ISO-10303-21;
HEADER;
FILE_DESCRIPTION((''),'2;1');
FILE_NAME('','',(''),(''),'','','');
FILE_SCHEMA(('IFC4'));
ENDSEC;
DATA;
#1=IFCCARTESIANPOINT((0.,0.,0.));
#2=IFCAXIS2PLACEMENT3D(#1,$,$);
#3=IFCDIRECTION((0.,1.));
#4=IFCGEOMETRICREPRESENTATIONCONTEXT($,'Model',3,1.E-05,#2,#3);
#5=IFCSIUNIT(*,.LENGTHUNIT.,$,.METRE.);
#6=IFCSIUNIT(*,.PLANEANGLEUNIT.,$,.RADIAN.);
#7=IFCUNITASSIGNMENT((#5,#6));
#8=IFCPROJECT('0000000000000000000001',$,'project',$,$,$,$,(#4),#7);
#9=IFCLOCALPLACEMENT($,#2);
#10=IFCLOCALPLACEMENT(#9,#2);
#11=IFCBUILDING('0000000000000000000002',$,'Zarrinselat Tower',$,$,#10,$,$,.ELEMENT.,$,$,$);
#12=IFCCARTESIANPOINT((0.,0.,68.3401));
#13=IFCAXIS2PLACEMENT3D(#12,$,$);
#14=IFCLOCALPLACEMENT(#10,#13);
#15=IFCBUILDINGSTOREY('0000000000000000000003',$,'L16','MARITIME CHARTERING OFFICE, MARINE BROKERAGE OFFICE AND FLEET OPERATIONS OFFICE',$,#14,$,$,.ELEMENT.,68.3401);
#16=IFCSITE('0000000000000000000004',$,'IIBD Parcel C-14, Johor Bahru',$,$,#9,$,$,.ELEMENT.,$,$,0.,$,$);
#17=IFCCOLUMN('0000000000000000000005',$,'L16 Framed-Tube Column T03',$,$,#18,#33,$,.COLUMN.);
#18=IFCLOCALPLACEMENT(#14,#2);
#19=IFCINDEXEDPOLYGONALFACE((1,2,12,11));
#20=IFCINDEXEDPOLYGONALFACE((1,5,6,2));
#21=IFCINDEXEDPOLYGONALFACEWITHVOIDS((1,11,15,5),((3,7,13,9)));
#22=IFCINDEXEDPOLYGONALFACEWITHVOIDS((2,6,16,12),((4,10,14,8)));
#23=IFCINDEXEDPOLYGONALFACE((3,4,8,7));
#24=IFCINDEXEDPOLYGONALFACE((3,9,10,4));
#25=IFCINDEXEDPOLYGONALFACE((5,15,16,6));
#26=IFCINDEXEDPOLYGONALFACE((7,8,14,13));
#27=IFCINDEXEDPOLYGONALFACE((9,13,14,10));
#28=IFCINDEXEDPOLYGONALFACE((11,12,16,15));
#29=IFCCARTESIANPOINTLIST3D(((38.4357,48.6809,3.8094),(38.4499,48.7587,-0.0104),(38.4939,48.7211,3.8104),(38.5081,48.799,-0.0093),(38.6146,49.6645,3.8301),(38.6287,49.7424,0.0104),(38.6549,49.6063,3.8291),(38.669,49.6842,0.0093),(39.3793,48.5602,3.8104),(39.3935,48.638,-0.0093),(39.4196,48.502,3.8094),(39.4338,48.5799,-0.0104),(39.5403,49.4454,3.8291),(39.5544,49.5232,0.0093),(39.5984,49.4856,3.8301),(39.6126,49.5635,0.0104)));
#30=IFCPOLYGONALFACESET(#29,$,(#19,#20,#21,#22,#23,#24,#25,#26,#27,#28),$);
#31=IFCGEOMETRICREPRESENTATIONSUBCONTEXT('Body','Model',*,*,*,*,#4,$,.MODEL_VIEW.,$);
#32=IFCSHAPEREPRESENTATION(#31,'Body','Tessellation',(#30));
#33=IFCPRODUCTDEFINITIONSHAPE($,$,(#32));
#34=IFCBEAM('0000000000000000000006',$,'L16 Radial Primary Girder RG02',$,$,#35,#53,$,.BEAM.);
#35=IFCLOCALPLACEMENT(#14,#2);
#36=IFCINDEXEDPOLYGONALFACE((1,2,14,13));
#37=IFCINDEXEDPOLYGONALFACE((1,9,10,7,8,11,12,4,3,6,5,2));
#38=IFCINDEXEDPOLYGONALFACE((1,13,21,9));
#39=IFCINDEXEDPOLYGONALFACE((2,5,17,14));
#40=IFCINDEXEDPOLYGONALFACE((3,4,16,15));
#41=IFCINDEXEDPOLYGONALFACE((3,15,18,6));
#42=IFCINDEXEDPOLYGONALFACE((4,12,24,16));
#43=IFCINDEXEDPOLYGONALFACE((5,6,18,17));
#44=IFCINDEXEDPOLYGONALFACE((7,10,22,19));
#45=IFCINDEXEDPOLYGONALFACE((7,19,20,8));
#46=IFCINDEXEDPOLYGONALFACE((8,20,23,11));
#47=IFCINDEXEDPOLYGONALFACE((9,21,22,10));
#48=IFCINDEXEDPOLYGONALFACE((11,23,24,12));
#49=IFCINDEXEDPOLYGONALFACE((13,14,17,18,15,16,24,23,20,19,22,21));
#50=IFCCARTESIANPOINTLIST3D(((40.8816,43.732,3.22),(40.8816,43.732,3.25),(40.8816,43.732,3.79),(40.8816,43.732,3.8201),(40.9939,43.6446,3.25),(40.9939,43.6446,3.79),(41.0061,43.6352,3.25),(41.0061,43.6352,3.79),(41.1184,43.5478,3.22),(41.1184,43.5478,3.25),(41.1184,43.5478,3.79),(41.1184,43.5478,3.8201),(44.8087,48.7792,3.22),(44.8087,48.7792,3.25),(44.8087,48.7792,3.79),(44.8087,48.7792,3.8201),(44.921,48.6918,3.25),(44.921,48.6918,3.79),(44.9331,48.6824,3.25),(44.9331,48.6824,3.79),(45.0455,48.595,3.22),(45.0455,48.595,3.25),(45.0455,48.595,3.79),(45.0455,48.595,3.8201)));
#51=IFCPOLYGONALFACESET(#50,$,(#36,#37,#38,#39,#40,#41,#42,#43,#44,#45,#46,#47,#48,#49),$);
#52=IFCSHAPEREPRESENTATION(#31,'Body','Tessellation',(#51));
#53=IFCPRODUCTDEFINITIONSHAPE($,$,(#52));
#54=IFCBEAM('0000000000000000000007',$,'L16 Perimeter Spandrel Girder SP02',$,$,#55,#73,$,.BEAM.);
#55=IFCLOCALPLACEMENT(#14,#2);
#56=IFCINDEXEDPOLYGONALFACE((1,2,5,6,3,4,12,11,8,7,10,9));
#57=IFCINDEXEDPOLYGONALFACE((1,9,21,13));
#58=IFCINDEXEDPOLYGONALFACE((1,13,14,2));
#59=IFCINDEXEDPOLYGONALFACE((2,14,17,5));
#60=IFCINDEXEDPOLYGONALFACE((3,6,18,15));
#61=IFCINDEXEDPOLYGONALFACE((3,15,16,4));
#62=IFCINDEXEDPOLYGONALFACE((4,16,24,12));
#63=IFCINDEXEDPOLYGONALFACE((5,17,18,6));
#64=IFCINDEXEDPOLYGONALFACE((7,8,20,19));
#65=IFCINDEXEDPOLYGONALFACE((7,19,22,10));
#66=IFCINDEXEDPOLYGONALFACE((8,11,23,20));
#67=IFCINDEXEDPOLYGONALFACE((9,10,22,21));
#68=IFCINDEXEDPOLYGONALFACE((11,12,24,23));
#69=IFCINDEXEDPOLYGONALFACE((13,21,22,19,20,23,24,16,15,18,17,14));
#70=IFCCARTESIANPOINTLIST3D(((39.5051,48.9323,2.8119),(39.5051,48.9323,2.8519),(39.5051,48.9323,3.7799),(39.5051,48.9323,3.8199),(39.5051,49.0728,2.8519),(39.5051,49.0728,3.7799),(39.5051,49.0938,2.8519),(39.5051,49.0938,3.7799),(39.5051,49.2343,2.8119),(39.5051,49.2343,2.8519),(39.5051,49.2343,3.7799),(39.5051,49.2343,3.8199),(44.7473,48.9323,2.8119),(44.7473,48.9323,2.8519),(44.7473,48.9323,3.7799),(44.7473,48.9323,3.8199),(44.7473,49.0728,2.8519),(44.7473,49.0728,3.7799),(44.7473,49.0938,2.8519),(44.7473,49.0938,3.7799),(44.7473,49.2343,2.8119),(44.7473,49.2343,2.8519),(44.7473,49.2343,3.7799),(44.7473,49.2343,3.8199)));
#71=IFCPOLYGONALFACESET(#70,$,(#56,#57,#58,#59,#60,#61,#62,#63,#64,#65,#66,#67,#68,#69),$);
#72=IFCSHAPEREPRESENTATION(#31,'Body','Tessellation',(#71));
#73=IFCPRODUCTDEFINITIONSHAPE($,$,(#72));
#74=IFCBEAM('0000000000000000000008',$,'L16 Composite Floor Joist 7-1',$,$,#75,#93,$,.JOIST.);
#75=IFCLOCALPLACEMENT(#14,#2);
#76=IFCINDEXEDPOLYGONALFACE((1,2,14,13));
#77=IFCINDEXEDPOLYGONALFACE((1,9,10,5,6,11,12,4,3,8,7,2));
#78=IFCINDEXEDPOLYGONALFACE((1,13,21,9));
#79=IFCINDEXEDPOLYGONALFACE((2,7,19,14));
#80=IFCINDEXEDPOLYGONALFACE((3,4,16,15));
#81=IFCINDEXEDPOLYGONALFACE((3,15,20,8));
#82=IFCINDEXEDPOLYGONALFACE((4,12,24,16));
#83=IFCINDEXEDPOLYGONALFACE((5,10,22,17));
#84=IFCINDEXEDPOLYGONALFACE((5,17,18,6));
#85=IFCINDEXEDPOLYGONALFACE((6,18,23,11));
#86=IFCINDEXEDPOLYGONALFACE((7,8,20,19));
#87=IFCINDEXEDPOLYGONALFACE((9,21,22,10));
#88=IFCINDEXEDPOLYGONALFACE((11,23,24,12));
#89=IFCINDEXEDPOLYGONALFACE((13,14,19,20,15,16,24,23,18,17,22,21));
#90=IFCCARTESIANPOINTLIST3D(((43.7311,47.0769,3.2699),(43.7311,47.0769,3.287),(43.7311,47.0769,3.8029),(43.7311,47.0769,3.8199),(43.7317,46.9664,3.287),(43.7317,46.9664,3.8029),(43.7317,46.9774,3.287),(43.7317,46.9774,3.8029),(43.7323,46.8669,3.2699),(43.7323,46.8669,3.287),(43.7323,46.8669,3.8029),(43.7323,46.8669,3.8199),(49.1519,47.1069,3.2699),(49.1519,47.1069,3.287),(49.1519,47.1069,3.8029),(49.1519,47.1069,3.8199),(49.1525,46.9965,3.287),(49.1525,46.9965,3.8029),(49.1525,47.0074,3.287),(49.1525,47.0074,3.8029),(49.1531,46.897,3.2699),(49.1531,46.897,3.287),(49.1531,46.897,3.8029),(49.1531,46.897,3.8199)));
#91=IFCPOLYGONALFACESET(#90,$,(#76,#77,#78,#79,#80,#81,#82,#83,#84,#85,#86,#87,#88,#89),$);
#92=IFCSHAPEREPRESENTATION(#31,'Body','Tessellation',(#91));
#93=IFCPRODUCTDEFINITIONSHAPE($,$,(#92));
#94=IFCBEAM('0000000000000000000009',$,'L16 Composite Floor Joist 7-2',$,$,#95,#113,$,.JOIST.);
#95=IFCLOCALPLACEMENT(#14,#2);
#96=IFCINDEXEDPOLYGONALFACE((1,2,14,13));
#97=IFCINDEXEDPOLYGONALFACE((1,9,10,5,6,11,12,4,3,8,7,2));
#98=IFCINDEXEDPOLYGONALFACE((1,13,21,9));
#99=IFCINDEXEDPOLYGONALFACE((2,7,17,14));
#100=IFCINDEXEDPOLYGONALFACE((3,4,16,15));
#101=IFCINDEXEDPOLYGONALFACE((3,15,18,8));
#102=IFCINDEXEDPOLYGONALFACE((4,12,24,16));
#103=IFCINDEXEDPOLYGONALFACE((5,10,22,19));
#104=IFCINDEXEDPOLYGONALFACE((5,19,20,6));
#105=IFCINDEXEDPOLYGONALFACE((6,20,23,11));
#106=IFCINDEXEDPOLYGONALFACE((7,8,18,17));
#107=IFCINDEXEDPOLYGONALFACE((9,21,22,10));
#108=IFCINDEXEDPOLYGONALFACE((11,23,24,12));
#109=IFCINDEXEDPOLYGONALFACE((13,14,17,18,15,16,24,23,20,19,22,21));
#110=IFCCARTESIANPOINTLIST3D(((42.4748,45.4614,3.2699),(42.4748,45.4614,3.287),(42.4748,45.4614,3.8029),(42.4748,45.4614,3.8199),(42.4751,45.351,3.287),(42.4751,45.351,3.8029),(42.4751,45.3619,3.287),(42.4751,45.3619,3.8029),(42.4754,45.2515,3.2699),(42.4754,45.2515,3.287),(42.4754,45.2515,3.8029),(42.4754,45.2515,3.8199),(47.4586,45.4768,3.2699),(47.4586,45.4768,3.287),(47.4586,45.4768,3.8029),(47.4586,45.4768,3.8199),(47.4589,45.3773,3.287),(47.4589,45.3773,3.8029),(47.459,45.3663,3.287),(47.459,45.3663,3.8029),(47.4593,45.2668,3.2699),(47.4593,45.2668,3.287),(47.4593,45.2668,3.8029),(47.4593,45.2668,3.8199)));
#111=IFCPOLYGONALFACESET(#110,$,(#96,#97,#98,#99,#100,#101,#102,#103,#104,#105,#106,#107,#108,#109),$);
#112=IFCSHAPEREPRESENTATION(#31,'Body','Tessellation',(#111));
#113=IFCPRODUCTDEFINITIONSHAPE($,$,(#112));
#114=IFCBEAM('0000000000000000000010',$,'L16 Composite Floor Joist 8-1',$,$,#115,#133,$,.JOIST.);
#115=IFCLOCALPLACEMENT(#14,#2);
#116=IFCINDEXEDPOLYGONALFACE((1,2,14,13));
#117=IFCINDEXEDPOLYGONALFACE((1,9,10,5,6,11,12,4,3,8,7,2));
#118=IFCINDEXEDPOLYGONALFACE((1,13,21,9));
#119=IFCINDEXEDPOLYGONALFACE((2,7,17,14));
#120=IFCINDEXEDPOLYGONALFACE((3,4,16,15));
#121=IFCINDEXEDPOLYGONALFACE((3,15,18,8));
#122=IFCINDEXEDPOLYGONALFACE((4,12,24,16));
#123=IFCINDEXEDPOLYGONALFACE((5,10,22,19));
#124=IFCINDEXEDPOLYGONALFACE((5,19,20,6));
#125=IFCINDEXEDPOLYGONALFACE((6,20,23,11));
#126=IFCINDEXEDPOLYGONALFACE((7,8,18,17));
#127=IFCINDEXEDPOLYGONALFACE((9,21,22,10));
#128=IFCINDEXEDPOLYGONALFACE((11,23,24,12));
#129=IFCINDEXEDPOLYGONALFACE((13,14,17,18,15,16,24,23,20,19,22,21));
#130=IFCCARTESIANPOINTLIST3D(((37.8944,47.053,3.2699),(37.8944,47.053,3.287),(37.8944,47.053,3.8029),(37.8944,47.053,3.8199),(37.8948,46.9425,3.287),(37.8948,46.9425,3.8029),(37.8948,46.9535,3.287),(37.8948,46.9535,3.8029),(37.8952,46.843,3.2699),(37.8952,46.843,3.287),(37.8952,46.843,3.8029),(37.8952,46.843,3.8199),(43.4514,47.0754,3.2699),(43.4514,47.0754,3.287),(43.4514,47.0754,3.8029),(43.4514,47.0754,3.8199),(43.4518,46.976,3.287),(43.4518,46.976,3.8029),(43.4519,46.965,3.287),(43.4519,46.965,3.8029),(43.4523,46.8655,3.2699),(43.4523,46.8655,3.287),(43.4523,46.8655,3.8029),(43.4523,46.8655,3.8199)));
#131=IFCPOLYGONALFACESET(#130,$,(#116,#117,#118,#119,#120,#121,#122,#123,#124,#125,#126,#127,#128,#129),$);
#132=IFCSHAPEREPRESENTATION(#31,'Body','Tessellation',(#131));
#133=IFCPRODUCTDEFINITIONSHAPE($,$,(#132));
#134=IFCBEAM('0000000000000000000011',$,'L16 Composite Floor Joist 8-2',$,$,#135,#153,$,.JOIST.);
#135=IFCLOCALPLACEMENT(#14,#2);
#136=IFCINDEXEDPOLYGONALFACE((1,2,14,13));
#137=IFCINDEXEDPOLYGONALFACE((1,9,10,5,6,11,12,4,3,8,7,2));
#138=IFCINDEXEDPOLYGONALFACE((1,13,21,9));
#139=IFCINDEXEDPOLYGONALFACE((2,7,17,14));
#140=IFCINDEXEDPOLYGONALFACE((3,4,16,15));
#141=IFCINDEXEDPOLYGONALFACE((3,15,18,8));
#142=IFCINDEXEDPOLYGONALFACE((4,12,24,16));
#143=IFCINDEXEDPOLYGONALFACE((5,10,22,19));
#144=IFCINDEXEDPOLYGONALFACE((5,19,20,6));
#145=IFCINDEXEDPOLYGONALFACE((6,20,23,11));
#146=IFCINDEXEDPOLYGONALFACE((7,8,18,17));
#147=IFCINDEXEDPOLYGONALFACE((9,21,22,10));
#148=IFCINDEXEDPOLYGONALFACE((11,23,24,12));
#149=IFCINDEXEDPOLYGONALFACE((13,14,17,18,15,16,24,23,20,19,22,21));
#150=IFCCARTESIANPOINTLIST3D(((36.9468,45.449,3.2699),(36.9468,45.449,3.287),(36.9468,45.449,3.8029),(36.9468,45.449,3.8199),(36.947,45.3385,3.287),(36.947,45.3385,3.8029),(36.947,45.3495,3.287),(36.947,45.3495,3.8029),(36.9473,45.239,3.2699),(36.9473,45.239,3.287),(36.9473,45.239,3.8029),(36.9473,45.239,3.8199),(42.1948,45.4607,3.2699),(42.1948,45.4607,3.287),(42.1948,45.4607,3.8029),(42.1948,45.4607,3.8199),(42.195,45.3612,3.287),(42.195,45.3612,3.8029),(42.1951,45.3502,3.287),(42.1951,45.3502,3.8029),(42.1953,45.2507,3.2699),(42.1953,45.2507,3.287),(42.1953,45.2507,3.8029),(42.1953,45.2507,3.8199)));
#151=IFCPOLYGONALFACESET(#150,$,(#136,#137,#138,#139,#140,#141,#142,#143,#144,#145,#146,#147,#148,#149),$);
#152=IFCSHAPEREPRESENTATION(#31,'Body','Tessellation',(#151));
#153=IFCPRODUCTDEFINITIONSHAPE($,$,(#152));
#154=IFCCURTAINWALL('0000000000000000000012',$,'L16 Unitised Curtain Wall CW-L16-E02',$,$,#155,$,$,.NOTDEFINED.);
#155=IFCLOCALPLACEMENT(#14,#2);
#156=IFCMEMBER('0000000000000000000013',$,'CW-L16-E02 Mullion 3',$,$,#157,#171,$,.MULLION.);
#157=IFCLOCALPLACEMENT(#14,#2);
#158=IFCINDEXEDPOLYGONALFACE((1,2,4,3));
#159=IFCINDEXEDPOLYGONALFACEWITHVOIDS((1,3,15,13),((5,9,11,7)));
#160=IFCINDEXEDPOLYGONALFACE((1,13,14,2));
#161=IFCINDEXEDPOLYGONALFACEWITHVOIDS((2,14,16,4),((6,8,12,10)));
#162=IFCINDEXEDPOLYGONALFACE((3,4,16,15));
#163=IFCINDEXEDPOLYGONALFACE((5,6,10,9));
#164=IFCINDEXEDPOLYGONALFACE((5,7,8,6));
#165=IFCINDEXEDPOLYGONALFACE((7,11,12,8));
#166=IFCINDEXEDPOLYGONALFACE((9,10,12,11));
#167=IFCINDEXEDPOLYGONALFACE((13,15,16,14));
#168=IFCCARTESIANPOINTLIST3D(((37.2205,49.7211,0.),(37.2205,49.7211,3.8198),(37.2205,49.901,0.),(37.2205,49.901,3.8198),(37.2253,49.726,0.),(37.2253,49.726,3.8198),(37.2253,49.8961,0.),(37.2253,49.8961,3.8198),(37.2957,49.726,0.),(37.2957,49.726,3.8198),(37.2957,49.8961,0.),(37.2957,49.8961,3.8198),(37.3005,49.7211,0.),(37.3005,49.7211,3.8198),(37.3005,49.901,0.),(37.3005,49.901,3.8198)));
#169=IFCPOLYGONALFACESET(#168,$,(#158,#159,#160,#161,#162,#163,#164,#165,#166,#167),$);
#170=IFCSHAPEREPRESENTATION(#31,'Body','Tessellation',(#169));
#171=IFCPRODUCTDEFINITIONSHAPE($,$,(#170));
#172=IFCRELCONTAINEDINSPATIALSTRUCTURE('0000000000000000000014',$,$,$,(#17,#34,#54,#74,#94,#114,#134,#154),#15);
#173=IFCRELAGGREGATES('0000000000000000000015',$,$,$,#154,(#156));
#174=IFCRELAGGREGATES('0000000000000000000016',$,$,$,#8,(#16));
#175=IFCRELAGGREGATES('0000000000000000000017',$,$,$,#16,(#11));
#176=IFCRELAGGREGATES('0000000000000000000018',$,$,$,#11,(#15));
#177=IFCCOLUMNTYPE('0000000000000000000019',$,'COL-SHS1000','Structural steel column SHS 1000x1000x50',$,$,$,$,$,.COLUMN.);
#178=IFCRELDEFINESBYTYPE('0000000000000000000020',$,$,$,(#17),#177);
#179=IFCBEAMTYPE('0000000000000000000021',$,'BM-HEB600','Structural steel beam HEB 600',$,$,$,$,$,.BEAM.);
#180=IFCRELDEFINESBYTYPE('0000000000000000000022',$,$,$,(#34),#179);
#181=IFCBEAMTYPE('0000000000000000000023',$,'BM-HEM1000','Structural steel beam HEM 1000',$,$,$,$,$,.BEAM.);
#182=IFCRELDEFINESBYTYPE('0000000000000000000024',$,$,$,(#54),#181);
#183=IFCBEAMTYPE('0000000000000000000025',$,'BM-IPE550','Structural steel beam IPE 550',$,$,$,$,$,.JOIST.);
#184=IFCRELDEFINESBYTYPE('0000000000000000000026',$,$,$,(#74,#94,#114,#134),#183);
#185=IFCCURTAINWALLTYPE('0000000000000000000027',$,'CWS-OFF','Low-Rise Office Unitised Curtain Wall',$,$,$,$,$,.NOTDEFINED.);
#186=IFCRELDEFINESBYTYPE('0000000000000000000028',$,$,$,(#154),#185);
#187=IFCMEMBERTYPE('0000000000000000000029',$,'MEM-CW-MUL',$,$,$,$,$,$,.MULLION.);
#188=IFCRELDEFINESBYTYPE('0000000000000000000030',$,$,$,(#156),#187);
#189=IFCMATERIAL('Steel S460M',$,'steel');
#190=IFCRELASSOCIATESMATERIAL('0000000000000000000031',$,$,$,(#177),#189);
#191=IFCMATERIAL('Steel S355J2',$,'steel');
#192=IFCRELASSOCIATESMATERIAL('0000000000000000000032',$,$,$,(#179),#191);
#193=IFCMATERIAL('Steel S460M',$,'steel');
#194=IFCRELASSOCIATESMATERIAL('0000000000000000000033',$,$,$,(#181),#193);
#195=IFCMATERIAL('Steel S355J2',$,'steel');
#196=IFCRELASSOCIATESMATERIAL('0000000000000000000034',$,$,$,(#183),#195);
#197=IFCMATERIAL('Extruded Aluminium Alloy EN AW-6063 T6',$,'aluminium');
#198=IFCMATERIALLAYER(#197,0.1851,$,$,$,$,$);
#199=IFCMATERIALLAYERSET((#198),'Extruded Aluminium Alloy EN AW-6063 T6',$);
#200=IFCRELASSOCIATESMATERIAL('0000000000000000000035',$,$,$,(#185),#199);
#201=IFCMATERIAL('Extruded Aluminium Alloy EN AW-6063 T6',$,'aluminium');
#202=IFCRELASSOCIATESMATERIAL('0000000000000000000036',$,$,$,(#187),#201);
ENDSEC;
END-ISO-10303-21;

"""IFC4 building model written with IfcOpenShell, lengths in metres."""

from ifc_helpers import new_model, si_unit, direction, frame, origin, origin_2d, place, context, subcontext, project, spatial, hollow_rectangle, i_section, extrude, material, layer, layer_set, material_profile, profile_set, type_object, element, aggregate, save


model = new_model("IFC4")

# Units and contexts
model_context = context("Model", 3, precision=1e-05, world=origin(), true_north=direction((0.0, 1.0)))
body_context = subcontext(model_context, "Body", "Model", "MODEL_VIEW")
ifc_project = project(units=[si_unit("LENGTHUNIT", "METRE"), si_unit("PLANEANGLEUNIT", "RADIAN")], contexts=[model_context])

# Site, building, storey
site_placement = place(None, origin())
site = spatial("IfcSite", under=ifc_project, at=site_placement, Name="IIBD Parcel C-14, Johor Bahru", CompositionType="ELEMENT", RefElevation=0.0)
building_placement = place(site_placement, origin())
building = spatial("IfcBuilding", under=site, at=building_placement, Name="Zarrinselat Tower", CompositionType="ELEMENT")
storey_placement = place(building_placement, frame((0.0, 0.0, 68.3401)))
storey = spatial("IfcBuildingStorey", under=building, at=storey_placement, Name="L16", Description="MARITIME CHARTERING OFFICE, MARINE BROKERAGE OFFICE AND FLEET OPERATIONS OFFICE", CompositionType="ELEMENT", Elevation=68.3401)

# Column
ifc_material_1 = material(Name="Steel S460M", Category="steel")
ifc_material_profile_1 = material_profile(ifc_material_1, hollow_rectangle(XDim=1.0, YDim=1.0, WallThickness=0.05, at=origin_2d()), Name="SHS 1000x1000x50")
ifc_profile_set_1 = profile_set([ifc_material_profile_1], Name="Steel S460M")
column_type = type_object("IfcColumnType", Name="COL-SHS1000", Description="Structural steel column SHS 1000x1000x50", PredefinedType="COLUMN", material=ifc_profile_set_1)
column_placement = place(storey_placement, frame((39.0312, 49.1611, 0.0), z_axis=(-0.003706, -0.020384, 0.999785), x_axis=(0.98387, -0.178885, 0.0)))
element("IfcColumn", 1, at=column_placement, inside=storey, type_object=column_type, Name="L16 Framed-Tube Column T03", PredefinedType="COLUMN", context=body_context, shape_type="SweptSolid", body=[
    extrude(hollow_rectangle(XDim=1.0, YDim=1.0, WallThickness=0.05, at=origin_2d()), origin(), (0.0, 0.0, 1.0), 3.8206),
])

# Beams
ifc_material_2 = material(Name="Steel S355J2", Category="steel")
ifc_material_profile_2 = material_profile(ifc_material_2, i_section(OverallWidth=0.3, OverallDepth=0.6001, WebThickness=0.0154, FlangeThickness=0.03, at=origin_2d()), Name="HEB 600")
ifc_profile_set_2 = profile_set([ifc_material_profile_2], Name="Steel S355J2")
beam_type_1 = type_object("IfcBeamType", Name="BM-HEB600", Description="Structural steel beam HEB 600", PredefinedType="BEAM", material=ifc_profile_set_2)
beam_1_placement = place(storey_placement, frame((41.0, 43.6399, 3.52), z_axis=(0.614083, 0.789241, 0.0), x_axis=(-0.789241, 0.614083, 0.0)))
element("IfcBeam", 2, at=beam_1_placement, inside=storey, type_object=beam_type_1, Name="L16 Radial Primary Girder RG02", PredefinedType="BEAM", context=body_context, shape_type="SweptSolid", body=[
    extrude(i_section(OverallWidth=0.3, OverallDepth=0.6001, WebThickness=0.0154, FlangeThickness=0.03, at=origin_2d()), origin(), (0.0, 0.0, 1.0), 6.395),
])
ifc_material_3 = material(Name="Steel S460M", Category="steel")
ifc_material_profile_3 = material_profile(ifc_material_3, i_section(OverallWidth=0.302, OverallDepth=1.0081, WebThickness=0.021, FlangeThickness=0.04, at=origin_2d()), Name="HEM 1000")
ifc_profile_set_3 = profile_set([ifc_material_profile_3], Name="Steel S460M")
beam_type_2 = type_object("IfcBeamType", Name="BM-HEM1000", Description="Structural steel beam HEM 1000", PredefinedType="BEAM", material=ifc_profile_set_3)
beam_2_placement = place(storey_placement, frame((39.5051, 49.0833, 3.3159), z_axis=(1.0, 0.0, 0.0), x_axis=(0.0, 1.0, 0.0)))
element("IfcBeam", 3, at=beam_2_placement, inside=storey, type_object=beam_type_2, Name="L16 Perimeter Spandrel Girder SP02", PredefinedType="BEAM", context=body_context, shape_type="SweptSolid", body=[
    extrude(i_section(OverallWidth=0.302, OverallDepth=1.0081, WebThickness=0.021, FlangeThickness=0.04, at=origin_2d()), origin(), (0.0, 0.0, 1.0), 5.2422),
])
ifc_material_4 = material(Name="Steel S355J2", Category="steel")
ifc_material_profile_4 = material_profile(ifc_material_4, i_section(OverallWidth=0.21, OverallDepth=0.55, WebThickness=0.011, FlangeThickness=0.0171, at=origin_2d()), Name="IPE 550")
ifc_profile_set_4 = profile_set([ifc_material_profile_4], Name="Steel S355J2")
beam_type_3 = type_object("IfcBeamType", Name="BM-IPE550", Description="Structural steel beam IPE 550", PredefinedType="JOIST", material=ifc_profile_set_4)
beam_3_placement = place(storey_placement, frame((43.7317, 46.9719, 3.5449), z_axis=(0.999985, 0.005539, 0.0), x_axis=(-0.005539, 0.999985, 0.0)))
element("IfcBeam", 4, at=beam_3_placement, inside=storey, type_object=beam_type_3, Name="L16 Composite Floor Joist 7-1", PredefinedType="JOIST", context=body_context, shape_type="SweptSolid", body=[
    extrude(i_section(OverallWidth=0.21, OverallDepth=0.55, WebThickness=0.011, FlangeThickness=0.0171, at=origin_2d()), origin(), (0.0, 0.0, 1.0), 5.4209),
])
beam_4_placement = place(storey_placement, frame((42.4751, 45.3564, 3.5449), z_axis=(0.999995, 0.003086, 0.0), x_axis=(-0.003086, 0.999995, 0.0)))
element("IfcBeam", 5, at=beam_4_placement, inside=storey, type_object=beam_type_3, Name="L16 Composite Floor Joist 7-2", PredefinedType="JOIST", context=body_context, shape_type="SweptSolid", body=[
    extrude(i_section(OverallWidth=0.21, OverallDepth=0.55, WebThickness=0.011, FlangeThickness=0.0171, at=origin_2d()), origin(), (0.0, 0.0, 1.0), 4.9839),
])
beam_5_placement = place(storey_placement, frame((37.8948, 46.948, 3.5449), z_axis=(0.999992, 0.004042, 0.0), x_axis=(-0.004042, 0.999992, 0.0)))
element("IfcBeam", 6, at=beam_5_placement, inside=storey, type_object=beam_type_3, Name="L16 Composite Floor Joist 8-1", PredefinedType="JOIST", context=body_context, shape_type="SweptSolid", body=[
    extrude(i_section(OverallWidth=0.21, OverallDepth=0.55, WebThickness=0.011, FlangeThickness=0.0171, at=origin_2d()), origin(), (0.0, 0.0, 1.0), 5.5571),
])
beam_6_placement = place(storey_placement, frame((36.947, 45.344, 3.5449), z_axis=(0.999998, 0.002233, 0.0), x_axis=(-0.002233, 0.999998, 0.0)))
element("IfcBeam", 7, at=beam_6_placement, inside=storey, type_object=beam_type_3, Name="L16 Composite Floor Joist 8-2", PredefinedType="JOIST", context=body_context, shape_type="SweptSolid", body=[
    extrude(i_section(OverallWidth=0.21, OverallDepth=0.55, WebThickness=0.011, FlangeThickness=0.0171, at=origin_2d()), origin(), (0.0, 0.0, 1.0), 5.248),
])

# Curtain wall, member
ifc_material_5 = material(Name="Extruded Aluminium Alloy EN AW-6063 T6", Category="aluminium")
ifc_layer_1 = layer(ifc_material_5, 0.1851)
ifc_layer_set_1 = layer_set([ifc_layer_1], Name="Extruded Aluminium Alloy EN AW-6063 T6")
curtain_wall_type = type_object("IfcCurtainWallType", Name="CWS-OFF", Description="Low-Rise Office Unitised Curtain Wall", PredefinedType="NOTDEFINED", material=ifc_layer_set_1)
curtain_wall_placement = place(storey_placement, origin())
curtain_wall = element("IfcCurtainWall", 8, at=curtain_wall_placement, inside=storey, type_object=curtain_wall_type, Name="L16 Unitised Curtain Wall CW-L16-E02", PredefinedType="NOTDEFINED")
ifc_material_6 = material(Name="Extruded Aluminium Alloy EN AW-6063 T6", Category="aluminium")
ifc_material_profile_5 = material_profile(ifc_material_6, hollow_rectangle(XDim=0.0801, YDim=0.1799, WallThickness=0.0049, at=origin_2d()), Name="RHS 180x80x5")
ifc_profile_set_5 = profile_set([ifc_material_profile_5], Name="Extruded Aluminium Alloy EN AW-6063 T6")
member_type_1 = type_object("IfcMemberType", Name="MEM-CW-MUL", PredefinedType="MULLION", material=ifc_profile_set_5)
member_1_placement = place(storey_placement, frame((37.2605, 49.811, 0.0), z_axis=(0.0, 0.0, 1.0), x_axis=(1.0, 0.0, 0.0)))
member_1 = element("IfcMember", 9, at=member_1_placement, type_object=member_type_1, Name="CW-L16-E02 Mullion 3", PredefinedType="MULLION", context=body_context, shape_type="SweptSolid", body=[
    extrude(hollow_rectangle(XDim=0.0801, YDim=0.1799, WallThickness=0.0049, at=origin_2d()), origin(), (0.0, 0.0, 1.0), 3.8198),
])
aggregate(curtain_wall, [member_1])

save(model, "model.ifc")
